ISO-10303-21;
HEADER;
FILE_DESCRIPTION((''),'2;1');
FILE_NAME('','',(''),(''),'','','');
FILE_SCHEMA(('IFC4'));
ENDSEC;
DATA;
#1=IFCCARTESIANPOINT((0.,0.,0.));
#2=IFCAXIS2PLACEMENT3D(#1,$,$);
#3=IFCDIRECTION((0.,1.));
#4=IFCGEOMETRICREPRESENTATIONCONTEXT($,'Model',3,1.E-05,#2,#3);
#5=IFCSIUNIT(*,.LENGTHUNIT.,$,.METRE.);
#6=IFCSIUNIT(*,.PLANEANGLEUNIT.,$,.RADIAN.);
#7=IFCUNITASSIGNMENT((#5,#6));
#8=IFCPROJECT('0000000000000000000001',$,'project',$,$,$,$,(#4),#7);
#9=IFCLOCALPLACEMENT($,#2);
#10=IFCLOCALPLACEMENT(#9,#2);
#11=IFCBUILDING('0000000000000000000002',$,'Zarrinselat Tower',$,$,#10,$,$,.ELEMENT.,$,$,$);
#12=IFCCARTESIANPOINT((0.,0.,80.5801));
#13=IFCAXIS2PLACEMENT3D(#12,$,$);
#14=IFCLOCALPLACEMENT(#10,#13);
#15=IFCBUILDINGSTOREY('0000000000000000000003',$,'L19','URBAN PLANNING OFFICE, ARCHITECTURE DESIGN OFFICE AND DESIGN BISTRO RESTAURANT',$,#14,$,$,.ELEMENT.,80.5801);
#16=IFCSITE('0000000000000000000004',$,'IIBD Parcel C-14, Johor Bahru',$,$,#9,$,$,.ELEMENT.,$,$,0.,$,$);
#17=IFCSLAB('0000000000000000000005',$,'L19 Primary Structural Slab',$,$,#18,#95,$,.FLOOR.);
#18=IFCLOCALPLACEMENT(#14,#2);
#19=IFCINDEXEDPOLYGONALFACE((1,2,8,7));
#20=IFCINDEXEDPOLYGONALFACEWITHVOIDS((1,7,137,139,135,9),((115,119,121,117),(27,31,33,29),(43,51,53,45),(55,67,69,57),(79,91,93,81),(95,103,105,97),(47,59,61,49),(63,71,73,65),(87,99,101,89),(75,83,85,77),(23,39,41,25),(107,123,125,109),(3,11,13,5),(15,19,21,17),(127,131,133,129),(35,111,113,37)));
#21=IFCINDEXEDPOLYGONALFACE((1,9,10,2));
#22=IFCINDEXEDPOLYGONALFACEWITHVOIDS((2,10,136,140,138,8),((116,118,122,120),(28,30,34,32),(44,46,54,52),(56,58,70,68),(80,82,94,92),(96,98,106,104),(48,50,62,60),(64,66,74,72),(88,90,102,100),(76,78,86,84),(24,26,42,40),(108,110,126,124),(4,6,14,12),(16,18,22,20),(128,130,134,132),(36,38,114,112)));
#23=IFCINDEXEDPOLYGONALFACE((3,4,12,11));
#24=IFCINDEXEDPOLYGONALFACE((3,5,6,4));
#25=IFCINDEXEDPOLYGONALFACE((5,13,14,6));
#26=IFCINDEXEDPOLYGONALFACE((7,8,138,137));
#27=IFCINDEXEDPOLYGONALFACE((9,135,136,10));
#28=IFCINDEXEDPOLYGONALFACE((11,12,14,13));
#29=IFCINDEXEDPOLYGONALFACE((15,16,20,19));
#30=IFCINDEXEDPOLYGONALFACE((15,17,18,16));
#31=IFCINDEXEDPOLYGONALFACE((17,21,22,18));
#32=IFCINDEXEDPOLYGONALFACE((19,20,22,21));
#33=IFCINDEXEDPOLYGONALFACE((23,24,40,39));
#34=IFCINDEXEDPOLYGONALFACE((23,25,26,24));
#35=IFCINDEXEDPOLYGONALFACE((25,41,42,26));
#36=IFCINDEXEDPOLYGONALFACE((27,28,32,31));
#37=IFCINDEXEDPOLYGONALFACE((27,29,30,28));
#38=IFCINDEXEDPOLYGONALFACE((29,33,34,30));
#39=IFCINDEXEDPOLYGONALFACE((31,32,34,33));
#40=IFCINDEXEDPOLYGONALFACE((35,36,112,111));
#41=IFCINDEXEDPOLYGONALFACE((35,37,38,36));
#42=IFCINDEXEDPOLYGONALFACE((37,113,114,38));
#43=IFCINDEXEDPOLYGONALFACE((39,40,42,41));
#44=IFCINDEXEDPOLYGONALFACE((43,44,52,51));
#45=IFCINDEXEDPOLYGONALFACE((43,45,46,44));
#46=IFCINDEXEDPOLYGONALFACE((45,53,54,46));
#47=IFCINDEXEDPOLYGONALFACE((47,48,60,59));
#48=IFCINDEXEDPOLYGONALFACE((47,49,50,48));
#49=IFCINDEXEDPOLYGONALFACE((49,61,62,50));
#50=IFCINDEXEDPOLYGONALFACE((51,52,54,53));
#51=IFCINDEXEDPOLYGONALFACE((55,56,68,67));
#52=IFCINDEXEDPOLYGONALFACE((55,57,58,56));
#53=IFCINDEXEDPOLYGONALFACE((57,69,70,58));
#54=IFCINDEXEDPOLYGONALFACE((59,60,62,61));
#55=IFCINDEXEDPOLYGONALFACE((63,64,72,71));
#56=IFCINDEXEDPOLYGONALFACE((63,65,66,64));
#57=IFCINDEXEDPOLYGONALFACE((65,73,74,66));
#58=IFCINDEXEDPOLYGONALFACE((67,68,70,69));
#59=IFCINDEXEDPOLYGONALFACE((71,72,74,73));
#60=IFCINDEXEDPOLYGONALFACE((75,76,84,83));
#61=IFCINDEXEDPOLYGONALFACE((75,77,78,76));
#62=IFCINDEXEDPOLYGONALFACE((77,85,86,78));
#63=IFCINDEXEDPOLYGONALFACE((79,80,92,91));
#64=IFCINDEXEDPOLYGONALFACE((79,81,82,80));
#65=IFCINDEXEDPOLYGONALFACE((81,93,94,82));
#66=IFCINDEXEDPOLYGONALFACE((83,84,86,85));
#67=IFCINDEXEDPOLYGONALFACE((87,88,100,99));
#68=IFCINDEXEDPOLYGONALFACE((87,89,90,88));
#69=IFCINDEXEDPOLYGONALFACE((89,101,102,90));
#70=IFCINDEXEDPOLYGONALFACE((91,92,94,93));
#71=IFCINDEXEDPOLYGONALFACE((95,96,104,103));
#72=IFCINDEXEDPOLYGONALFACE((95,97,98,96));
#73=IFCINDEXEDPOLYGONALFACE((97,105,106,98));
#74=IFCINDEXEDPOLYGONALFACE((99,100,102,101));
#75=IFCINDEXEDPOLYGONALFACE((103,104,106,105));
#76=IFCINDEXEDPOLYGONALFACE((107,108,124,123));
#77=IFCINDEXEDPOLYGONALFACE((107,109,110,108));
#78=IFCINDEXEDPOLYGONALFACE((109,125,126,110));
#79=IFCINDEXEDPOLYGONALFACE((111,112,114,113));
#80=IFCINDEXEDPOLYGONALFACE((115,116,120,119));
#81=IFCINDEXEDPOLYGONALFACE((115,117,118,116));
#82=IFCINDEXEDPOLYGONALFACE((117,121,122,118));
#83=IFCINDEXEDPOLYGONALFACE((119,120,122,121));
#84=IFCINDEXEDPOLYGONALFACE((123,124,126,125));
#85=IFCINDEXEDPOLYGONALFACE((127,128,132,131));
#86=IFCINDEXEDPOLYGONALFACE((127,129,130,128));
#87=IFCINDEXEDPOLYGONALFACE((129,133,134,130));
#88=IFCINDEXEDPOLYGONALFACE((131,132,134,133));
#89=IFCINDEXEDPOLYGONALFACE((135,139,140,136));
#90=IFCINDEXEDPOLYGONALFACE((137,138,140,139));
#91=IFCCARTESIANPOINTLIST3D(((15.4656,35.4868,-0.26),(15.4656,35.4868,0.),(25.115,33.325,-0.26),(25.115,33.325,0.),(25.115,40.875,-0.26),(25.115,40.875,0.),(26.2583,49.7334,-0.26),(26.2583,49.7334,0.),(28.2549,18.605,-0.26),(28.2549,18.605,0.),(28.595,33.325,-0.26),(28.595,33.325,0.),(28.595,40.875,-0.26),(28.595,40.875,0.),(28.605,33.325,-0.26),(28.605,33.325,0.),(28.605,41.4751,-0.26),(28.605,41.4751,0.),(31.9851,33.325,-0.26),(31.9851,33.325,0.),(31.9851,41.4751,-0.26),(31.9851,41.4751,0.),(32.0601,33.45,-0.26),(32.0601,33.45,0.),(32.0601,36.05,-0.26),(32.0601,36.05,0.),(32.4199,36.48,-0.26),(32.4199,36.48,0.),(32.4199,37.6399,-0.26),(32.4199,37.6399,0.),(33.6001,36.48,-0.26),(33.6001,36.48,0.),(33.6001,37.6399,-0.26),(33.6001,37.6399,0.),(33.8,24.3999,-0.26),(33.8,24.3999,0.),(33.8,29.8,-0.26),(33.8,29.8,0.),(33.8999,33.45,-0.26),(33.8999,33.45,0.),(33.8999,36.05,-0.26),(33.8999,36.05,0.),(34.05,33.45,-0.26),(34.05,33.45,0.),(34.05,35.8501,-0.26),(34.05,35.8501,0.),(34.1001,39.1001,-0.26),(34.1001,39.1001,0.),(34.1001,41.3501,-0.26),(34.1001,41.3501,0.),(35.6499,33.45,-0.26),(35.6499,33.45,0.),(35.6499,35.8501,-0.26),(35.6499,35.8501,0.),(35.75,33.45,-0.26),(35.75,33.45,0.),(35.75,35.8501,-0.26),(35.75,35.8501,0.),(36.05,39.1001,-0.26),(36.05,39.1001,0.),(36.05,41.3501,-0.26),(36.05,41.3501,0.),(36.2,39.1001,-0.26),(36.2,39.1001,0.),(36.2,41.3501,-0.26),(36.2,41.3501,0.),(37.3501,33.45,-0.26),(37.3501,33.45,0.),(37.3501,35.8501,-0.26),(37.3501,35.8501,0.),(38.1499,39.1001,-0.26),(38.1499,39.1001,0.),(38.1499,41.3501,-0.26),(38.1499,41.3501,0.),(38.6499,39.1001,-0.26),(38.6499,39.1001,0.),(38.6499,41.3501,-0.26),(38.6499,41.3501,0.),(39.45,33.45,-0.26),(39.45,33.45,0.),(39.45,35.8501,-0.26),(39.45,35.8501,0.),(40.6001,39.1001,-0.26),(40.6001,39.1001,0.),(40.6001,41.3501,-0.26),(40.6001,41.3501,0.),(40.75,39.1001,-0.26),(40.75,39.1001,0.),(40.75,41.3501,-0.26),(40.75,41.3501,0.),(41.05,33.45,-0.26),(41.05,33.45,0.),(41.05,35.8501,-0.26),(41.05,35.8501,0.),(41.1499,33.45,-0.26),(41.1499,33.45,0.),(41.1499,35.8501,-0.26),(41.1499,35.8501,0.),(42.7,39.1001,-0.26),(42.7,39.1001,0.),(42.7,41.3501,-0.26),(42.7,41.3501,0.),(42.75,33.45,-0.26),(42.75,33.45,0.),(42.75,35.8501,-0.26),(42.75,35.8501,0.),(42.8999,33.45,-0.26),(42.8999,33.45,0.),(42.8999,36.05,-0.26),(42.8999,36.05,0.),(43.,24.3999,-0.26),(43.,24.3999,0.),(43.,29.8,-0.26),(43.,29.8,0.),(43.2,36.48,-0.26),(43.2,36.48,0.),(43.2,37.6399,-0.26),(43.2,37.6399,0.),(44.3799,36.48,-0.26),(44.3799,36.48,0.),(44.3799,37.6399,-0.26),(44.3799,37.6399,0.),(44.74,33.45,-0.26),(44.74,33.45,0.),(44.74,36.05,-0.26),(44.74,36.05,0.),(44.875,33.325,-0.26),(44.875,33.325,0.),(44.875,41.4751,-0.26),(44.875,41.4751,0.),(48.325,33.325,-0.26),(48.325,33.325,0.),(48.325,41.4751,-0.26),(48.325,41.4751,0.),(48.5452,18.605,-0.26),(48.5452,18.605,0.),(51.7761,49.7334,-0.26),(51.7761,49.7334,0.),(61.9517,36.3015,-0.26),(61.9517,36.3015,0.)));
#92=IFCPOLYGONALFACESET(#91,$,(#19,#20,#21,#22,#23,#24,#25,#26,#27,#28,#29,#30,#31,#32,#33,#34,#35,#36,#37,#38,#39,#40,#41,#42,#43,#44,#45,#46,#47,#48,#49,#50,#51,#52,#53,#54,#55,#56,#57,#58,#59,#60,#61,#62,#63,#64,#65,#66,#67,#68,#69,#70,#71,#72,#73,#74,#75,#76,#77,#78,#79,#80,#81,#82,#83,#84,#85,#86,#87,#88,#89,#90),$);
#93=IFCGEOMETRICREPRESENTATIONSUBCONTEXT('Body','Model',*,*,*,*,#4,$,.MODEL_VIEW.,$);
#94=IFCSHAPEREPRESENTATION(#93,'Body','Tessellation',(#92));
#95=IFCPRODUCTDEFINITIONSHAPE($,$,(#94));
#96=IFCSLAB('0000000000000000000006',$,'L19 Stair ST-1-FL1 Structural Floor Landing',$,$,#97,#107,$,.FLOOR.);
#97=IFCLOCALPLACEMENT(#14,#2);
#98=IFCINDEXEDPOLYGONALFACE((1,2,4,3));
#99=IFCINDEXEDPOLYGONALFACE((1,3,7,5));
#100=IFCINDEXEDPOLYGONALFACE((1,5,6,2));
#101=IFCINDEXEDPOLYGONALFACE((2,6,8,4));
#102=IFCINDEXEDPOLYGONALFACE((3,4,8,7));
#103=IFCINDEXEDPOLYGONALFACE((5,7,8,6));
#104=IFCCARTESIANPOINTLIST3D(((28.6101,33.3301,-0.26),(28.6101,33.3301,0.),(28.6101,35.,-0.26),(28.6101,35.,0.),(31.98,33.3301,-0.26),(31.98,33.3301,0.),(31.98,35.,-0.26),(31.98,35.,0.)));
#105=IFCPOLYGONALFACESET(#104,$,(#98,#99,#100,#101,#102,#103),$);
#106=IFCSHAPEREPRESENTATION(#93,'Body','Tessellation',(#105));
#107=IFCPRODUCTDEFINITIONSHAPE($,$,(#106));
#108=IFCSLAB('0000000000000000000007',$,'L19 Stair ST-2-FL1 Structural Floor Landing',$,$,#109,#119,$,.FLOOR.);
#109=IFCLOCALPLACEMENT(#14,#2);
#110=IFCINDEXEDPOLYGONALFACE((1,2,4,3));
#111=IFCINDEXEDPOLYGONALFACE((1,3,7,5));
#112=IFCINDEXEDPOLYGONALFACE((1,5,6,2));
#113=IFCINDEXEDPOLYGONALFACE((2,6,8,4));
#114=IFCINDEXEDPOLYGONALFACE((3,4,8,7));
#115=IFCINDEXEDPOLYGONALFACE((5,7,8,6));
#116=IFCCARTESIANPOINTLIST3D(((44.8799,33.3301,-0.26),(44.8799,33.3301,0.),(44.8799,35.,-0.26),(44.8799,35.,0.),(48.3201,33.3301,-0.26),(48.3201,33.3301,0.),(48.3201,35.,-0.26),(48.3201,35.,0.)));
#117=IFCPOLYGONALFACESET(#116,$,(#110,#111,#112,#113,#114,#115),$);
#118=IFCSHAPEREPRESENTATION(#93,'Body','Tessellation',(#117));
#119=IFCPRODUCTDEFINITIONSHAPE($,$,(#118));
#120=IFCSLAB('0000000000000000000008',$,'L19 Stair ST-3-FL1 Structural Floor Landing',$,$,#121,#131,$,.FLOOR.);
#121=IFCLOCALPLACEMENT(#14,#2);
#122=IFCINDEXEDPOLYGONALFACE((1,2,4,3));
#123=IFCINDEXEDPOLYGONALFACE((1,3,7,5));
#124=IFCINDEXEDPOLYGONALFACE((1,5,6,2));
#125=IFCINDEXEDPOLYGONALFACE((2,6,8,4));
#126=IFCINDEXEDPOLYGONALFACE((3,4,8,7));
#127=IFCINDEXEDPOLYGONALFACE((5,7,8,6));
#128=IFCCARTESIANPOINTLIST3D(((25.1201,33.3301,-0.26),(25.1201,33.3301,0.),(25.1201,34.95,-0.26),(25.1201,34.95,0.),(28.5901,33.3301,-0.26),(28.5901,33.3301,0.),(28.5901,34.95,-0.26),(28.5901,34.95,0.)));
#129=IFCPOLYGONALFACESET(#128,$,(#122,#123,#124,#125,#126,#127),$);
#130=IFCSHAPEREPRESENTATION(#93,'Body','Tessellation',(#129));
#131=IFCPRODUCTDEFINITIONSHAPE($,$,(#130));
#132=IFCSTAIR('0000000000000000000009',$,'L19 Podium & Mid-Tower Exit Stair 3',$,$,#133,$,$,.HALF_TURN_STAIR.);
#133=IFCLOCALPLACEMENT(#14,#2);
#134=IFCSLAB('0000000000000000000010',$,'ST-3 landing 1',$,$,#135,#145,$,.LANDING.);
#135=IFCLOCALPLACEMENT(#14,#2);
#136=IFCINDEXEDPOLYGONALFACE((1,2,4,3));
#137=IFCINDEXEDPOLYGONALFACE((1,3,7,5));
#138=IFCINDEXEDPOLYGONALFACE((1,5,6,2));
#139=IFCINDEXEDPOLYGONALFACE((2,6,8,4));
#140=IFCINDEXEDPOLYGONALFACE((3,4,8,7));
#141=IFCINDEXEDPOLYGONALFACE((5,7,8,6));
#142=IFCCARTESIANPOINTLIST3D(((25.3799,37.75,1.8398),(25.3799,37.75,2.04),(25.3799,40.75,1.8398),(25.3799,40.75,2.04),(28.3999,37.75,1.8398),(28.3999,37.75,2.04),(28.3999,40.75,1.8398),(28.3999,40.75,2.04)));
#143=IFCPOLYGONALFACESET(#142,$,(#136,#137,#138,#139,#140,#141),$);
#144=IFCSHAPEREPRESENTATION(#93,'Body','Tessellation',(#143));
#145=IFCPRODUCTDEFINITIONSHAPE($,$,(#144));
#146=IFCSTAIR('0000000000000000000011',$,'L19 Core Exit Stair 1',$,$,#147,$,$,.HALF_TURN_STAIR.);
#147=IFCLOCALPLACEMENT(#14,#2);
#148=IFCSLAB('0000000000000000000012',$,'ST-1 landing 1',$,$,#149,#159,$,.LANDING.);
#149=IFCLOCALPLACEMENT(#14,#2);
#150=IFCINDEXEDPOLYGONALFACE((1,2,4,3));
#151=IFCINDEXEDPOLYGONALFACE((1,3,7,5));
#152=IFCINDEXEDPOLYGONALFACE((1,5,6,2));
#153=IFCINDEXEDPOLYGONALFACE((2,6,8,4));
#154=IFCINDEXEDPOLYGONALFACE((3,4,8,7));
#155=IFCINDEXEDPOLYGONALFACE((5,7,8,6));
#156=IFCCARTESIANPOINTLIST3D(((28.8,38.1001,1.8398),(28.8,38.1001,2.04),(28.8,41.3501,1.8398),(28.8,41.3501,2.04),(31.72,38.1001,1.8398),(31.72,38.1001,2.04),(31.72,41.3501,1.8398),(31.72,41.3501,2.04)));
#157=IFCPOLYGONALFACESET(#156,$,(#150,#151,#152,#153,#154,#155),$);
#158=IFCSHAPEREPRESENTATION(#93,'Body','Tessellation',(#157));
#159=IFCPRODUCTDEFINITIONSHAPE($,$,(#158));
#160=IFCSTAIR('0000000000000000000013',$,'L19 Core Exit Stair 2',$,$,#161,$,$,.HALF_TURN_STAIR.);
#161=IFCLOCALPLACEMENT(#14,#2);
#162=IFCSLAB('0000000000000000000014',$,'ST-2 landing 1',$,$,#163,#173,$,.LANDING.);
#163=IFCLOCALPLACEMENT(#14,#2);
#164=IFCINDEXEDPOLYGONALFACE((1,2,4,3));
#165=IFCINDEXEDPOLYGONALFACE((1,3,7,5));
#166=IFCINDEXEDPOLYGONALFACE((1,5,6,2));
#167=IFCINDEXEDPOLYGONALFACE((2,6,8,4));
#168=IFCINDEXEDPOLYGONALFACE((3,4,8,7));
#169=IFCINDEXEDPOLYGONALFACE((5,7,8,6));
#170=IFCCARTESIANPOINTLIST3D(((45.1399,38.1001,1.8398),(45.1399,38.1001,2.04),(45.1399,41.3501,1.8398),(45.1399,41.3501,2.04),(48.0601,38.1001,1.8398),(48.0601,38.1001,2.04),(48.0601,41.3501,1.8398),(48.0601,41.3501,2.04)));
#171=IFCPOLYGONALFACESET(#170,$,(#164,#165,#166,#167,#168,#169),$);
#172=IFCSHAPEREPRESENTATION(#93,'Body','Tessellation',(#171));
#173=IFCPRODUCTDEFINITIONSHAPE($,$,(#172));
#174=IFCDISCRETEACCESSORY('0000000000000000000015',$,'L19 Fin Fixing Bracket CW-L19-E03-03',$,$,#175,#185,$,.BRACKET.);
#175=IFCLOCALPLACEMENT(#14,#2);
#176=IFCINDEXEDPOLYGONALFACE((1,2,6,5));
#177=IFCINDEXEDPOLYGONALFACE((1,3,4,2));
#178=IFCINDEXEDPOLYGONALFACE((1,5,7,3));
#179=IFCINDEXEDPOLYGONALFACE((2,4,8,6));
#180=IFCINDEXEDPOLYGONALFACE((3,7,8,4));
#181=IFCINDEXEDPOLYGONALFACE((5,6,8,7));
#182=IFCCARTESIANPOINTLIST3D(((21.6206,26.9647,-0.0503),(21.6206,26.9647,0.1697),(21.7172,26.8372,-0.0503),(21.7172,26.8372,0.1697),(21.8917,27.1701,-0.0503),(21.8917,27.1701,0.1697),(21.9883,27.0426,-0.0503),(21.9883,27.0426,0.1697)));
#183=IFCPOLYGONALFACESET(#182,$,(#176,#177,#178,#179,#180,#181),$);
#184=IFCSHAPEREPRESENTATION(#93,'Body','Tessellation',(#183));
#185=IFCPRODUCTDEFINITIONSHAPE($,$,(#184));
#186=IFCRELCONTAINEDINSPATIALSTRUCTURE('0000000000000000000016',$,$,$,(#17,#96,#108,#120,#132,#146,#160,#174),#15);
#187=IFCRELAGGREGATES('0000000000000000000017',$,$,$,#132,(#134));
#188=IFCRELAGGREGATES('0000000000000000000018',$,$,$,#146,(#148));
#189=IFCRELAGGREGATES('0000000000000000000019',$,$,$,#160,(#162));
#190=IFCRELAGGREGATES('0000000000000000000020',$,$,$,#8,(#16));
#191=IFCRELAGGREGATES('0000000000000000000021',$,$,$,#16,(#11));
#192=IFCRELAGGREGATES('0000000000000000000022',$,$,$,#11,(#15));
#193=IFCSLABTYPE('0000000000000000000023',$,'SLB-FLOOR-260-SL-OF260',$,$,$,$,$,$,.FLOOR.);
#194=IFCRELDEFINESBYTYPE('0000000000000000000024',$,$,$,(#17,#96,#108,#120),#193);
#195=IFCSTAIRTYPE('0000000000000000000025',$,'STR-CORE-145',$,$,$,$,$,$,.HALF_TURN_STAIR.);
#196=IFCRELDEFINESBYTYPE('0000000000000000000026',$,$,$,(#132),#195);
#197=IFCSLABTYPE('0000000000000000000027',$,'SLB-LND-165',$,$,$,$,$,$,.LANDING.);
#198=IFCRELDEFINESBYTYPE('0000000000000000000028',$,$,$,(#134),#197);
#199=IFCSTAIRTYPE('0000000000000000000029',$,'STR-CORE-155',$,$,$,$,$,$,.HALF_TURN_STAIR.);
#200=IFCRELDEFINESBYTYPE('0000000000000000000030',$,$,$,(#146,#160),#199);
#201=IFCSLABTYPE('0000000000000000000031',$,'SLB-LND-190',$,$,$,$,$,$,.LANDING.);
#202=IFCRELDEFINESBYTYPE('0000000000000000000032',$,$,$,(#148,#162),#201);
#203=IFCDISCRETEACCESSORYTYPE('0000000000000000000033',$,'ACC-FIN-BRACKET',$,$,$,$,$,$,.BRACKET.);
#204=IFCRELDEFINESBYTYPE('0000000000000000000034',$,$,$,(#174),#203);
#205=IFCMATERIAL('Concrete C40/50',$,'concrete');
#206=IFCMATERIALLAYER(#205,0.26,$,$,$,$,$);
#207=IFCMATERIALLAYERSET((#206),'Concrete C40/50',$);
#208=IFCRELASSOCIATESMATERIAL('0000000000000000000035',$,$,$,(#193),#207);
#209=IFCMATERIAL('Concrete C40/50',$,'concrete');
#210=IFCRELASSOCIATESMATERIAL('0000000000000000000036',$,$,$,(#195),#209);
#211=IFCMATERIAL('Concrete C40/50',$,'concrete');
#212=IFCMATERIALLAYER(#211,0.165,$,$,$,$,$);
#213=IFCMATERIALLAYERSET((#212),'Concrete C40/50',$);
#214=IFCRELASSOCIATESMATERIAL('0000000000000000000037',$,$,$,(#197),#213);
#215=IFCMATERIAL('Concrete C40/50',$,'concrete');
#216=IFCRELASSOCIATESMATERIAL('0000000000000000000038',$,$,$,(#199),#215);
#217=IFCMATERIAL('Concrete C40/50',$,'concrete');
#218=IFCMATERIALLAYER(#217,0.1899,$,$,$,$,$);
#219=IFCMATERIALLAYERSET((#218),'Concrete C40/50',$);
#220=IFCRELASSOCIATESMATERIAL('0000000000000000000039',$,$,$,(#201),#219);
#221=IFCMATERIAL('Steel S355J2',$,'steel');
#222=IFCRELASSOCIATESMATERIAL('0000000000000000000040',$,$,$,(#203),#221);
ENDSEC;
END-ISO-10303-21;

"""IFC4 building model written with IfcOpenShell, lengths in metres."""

from ifc_helpers import new_model, si_unit, direction, frame, origin, origin_2d, place, context, subcontext, project, spatial, polyline, rectangle, outline, extrude, material, layer, layer_set, type_object, element, aggregate, save


model = new_model("IFC4")

# Units and contexts
model_context = context("Model", 3, precision=1e-05, world=origin(), true_north=direction((0.0, 1.0)))
body_context = subcontext(model_context, "Body", "Model", "MODEL_VIEW")
ifc_project = project(units=[si_unit("LENGTHUNIT", "METRE"), si_unit("PLANEANGLEUNIT", "RADIAN")], contexts=[model_context])

# Site, building, storey
site_placement = place(None, origin())
site = spatial("IfcSite", under=ifc_project, at=site_placement, Name="IIBD Parcel C-14, Johor Bahru", CompositionType="ELEMENT", RefElevation=0.0)
building_placement = place(site_placement, origin())
building = spatial("IfcBuilding", under=site, at=building_placement, Name="Zarrinselat Tower", CompositionType="ELEMENT")
storey_placement = place(building_placement, frame((0.0, 0.0, 80.5801)))
storey = spatial("IfcBuildingStorey", under=building, at=storey_placement, Name="L19", Description="URBAN PLANNING OFFICE, ARCHITECTURE DESIGN OFFICE AND DESIGN BISTRO RESTAURANT", CompositionType="ELEMENT", Elevation=80.5801)

# Slabs
ifc_material_1 = material(Name="Concrete C40/50", Category="concrete")
ifc_layer_1 = layer(ifc_material_1, 0.26)
ifc_layer_set_1 = layer_set([ifc_layer_1], Name="Concrete C40/50")
slab_type_1 = type_object("IfcSlabType", Name="SLB-FLOOR-260-SL-OF260", PredefinedType="FLOOR", material=ifc_layer_set_1)
slab_1_placement = place(storey_placement, frame((0.0, 0.0, -0.26)))
element("IfcSlab", 1, at=slab_1_placement, inside=storey, type_object=slab_type_1, Name="L19 Primary Structural Slab", PredefinedType="FLOOR", context=body_context, shape_type="SweptSolid", body=[
    extrude(outline(polyline([(51.7761, 49.7334), (26.2583, 49.7334), (15.4656, 35.4868), (28.2549, 18.605), (48.5452, 18.605), (61.9517, 36.3015), (51.7761, 49.7334)]), holes=[polyline([(34.05, 33.45), (34.05, 35.8501), (35.6499, 35.8501), (35.6499, 33.45), (34.05, 33.45)]), polyline([(35.75, 33.45), (35.75, 35.8501), (37.3501, 35.8501), (37.3501, 33.45), (35.75, 33.45)]), polyline([(32.0601, 33.45), (32.0601, 36.05), (33.8999, 36.05), (33.8999, 33.45), (32.0601, 33.45)]), polyline([(32.4199, 36.48), (32.4199, 37.6399), (33.6001, 37.6399), (33.6001, 36.48), (32.4199, 36.48)]), polyline([(28.595, 33.325), (25.115, 33.325), (25.115, 40.875), (28.595, 40.875), (28.595, 33.325)]), polyline([(31.9851, 33.325), (28.605, 33.325), (28.605, 41.4751), (31.9851, 41.4751), (31.9851, 33.325)]), polyline([(34.1001, 39.1001), (34.1001, 41.3501), (36.05, 41.3501), (36.05, 39.1001), (34.1001, 39.1001)]), polyline([(36.2, 39.1001), (36.2, 41.3501), (38.1499, 41.3501), (38.1499, 39.1001), (36.2, 39.1001)]), polyline([(33.8, 24.3999), (33.8, 29.8), (43.0, 29.8), (43.0, 24.3999), (33.8, 24.3999)]), polyline([(39.45, 33.45), (39.45, 35.8501), (41.05, 35.8501), (41.05, 33.45), (39.45, 33.45)]), polyline([(41.1499, 33.45), (41.1499, 35.8501), (42.75, 35.8501), (42.75, 33.45), (41.1499, 33.45)]), polyline([(42.8999, 33.45), (42.8999, 36.05), (44.74, 36.05), (44.74, 33.45), (42.8999, 33.45)]), polyline([(43.2, 36.48), (43.2, 37.6399), (44.3799, 37.6399), (44.3799, 36.48), (43.2, 36.48)]), polyline([(48.325, 33.325), (44.875, 33.325), (44.875, 41.4751), (48.325, 41.4751), (48.325, 33.325)]), polyline([(38.6499, 39.1001), (38.6499, 41.3501), (40.6001, 41.3501), (40.6001, 39.1001), (38.6499, 39.1001)]), polyline([(40.75, 39.1001), (40.75, 41.3501), (42.7, 41.3501), (42.7, 39.1001), (40.75, 39.1001)])]), origin(), (0.0, 0.0, 1.0), 0.26),
])
slab_2_placement = place(storey_placement, frame((0.0, 0.0, -0.26)))
element("IfcSlab", 2, at=slab_2_placement, inside=storey, type_object=slab_type_1, Name="L19 Stair ST-1-FL1 Structural Floor Landing", PredefinedType="FLOOR", context=body_context, shape_type="SweptSolid", body=[
    extrude(outline(polyline([(31.98, 33.3301), (31.98, 35.0), (28.6101, 35.0), (28.6101, 33.3301), (31.98, 33.3301)])), origin(), (0.0, 0.0, 1.0), 0.26),
])
slab_3_placement = place(storey_placement, frame((0.0, 0.0, -0.26)))
element("IfcSlab", 3, at=slab_3_placement, inside=storey, type_object=slab_type_1, Name="L19 Stair ST-2-FL1 Structural Floor Landing", PredefinedType="FLOOR", context=body_context, shape_type="SweptSolid", body=[
    extrude(outline(polyline([(48.3201, 33.3301), (48.3201, 35.0), (44.8799, 35.0), (44.8799, 33.3301), (48.3201, 33.3301)])), origin(), (0.0, 0.0, 1.0), 0.26),
])
slab_4_placement = place(storey_placement, frame((0.0, 0.0, -0.26)))
element("IfcSlab", 4, at=slab_4_placement, inside=storey, type_object=slab_type_1, Name="L19 Stair ST-3-FL1 Structural Floor Landing", PredefinedType="FLOOR", context=body_context, shape_type="SweptSolid", body=[
    extrude(outline(polyline([(28.5901, 33.3301), (28.5901, 34.95), (25.1201, 34.95), (25.1201, 33.3301), (28.5901, 33.3301)])), origin(), (0.0, 0.0, 1.0), 0.26),
])

# Stairs, slabs
ifc_material_2 = material(Name="Concrete C40/50", Category="concrete")
stair_type_1 = type_object("IfcStairType", Name="STR-CORE-145", PredefinedType="HALF_TURN_STAIR", material=ifc_material_2)
stair_1_placement = place(storey_placement, origin())
stair_1 = element("IfcStair", 5, at=stair_1_placement, inside=storey, type_object=stair_type_1, Name="L19 Podium & Mid-Tower Exit Stair 3", PredefinedType="HALF_TURN_STAIR")
ifc_material_3 = material(Name="Concrete C40/50", Category="concrete")
ifc_layer_2 = layer(ifc_material_3, 0.165)
ifc_layer_set_2 = layer_set([ifc_layer_2], Name="Concrete C40/50")
slab_type_2 = type_object("IfcSlabType", Name="SLB-LND-165", PredefinedType="LANDING", material=ifc_layer_set_2)
slab_5_placement = place(storey_placement, frame((0.0, 0.0, 1.8398)))
slab_5 = element("IfcSlab", 6, at=slab_5_placement, type_object=slab_type_2, Name="ST-3 landing 1", PredefinedType="LANDING", context=body_context, shape_type="SweptSolid", body=[
    extrude(outline(polyline([(28.3999, 37.75), (28.3999, 40.75), (25.3799, 40.75), (25.3799, 37.75), (28.3999, 37.75)])), origin(), (0.0, 0.0, 1.0), 0.2002),
])
aggregate(stair_1, [slab_5])
ifc_material_4 = material(Name="Concrete C40/50", Category="concrete")
stair_type_2 = type_object("IfcStairType", Name="STR-CORE-155", PredefinedType="HALF_TURN_STAIR", material=ifc_material_4)
stair_2_placement = place(storey_placement, origin())
stair_2 = element("IfcStair", 7, at=stair_2_placement, inside=storey, type_object=stair_type_2, Name="L19 Core Exit Stair 1", PredefinedType="HALF_TURN_STAIR")
ifc_material_5 = material(Name="Concrete C40/50", Category="concrete")
ifc_layer_3 = layer(ifc_material_5, 0.1899)
ifc_layer_set_3 = layer_set([ifc_layer_3], Name="Concrete C40/50")
slab_type_3 = type_object("IfcSlabType", Name="SLB-LND-190", PredefinedType="LANDING", material=ifc_layer_set_3)
slab_6_placement = place(storey_placement, frame((0.0, 0.0, 1.8398)))
slab_6 = element("IfcSlab", 8, at=slab_6_placement, type_object=slab_type_3, Name="ST-1 landing 1", PredefinedType="LANDING", context=body_context, shape_type="SweptSolid", body=[
    extrude(outline(polyline([(31.72, 38.1001), (31.72, 41.3501), (28.8, 41.3501), (28.8, 38.1001), (31.72, 38.1001)])), origin(), (0.0, 0.0, 1.0), 0.2002),
])
aggregate(stair_2, [slab_6])
stair_3_placement = place(storey_placement, origin())
stair_3 = element("IfcStair", 9, at=stair_3_placement, inside=storey, type_object=stair_type_2, Name="L19 Core Exit Stair 2", PredefinedType="HALF_TURN_STAIR")
slab_7_placement = place(storey_placement, frame((0.0, 0.0, 1.8398)))
slab_7 = element("IfcSlab", 10, at=slab_7_placement, type_object=slab_type_3, Name="ST-2 landing 1", PredefinedType="LANDING", context=body_context, shape_type="SweptSolid", body=[
    extrude(outline(polyline([(48.0601, 38.1001), (48.0601, 41.3501), (45.1399, 41.3501), (45.1399, 38.1001), (48.0601, 38.1001)])), origin(), (0.0, 0.0, 1.0), 0.2002),
])
aggregate(stair_3, [slab_7])

# Discrete accessory
ifc_material_6 = material(Name="Steel S355J2", Category="steel")
discrete_accessory_type = type_object("IfcDiscreteAccessoryType", Name="ACC-FIN-BRACKET", PredefinedType="BRACKET", material=ifc_material_6)
for number, where, z_axis, x_axis, name in (
    (11, (21.8044, 27.0037, -0.0503), (0.0, 0.0, 1.0), (-0.797094, -0.603855, 0.0), "L19 Fin Fixing Bracket CW-L19-E03-03"),
):
    element("IfcDiscreteAccessory", number, at=place(storey_placement, frame(where, z_axis=z_axis, x_axis=x_axis)), inside=storey, type_object=discrete_accessory_type, Name=name, PredefinedType="BRACKET", context=body_context, shape_type="SweptSolid", body=[
        extrude(rectangle(XDim=0.3401, YDim=0.1599, at=origin_2d()), origin(), (0.0, 0.0, 1.0), 0.22),
    ])

save(model, "model.ifc")
